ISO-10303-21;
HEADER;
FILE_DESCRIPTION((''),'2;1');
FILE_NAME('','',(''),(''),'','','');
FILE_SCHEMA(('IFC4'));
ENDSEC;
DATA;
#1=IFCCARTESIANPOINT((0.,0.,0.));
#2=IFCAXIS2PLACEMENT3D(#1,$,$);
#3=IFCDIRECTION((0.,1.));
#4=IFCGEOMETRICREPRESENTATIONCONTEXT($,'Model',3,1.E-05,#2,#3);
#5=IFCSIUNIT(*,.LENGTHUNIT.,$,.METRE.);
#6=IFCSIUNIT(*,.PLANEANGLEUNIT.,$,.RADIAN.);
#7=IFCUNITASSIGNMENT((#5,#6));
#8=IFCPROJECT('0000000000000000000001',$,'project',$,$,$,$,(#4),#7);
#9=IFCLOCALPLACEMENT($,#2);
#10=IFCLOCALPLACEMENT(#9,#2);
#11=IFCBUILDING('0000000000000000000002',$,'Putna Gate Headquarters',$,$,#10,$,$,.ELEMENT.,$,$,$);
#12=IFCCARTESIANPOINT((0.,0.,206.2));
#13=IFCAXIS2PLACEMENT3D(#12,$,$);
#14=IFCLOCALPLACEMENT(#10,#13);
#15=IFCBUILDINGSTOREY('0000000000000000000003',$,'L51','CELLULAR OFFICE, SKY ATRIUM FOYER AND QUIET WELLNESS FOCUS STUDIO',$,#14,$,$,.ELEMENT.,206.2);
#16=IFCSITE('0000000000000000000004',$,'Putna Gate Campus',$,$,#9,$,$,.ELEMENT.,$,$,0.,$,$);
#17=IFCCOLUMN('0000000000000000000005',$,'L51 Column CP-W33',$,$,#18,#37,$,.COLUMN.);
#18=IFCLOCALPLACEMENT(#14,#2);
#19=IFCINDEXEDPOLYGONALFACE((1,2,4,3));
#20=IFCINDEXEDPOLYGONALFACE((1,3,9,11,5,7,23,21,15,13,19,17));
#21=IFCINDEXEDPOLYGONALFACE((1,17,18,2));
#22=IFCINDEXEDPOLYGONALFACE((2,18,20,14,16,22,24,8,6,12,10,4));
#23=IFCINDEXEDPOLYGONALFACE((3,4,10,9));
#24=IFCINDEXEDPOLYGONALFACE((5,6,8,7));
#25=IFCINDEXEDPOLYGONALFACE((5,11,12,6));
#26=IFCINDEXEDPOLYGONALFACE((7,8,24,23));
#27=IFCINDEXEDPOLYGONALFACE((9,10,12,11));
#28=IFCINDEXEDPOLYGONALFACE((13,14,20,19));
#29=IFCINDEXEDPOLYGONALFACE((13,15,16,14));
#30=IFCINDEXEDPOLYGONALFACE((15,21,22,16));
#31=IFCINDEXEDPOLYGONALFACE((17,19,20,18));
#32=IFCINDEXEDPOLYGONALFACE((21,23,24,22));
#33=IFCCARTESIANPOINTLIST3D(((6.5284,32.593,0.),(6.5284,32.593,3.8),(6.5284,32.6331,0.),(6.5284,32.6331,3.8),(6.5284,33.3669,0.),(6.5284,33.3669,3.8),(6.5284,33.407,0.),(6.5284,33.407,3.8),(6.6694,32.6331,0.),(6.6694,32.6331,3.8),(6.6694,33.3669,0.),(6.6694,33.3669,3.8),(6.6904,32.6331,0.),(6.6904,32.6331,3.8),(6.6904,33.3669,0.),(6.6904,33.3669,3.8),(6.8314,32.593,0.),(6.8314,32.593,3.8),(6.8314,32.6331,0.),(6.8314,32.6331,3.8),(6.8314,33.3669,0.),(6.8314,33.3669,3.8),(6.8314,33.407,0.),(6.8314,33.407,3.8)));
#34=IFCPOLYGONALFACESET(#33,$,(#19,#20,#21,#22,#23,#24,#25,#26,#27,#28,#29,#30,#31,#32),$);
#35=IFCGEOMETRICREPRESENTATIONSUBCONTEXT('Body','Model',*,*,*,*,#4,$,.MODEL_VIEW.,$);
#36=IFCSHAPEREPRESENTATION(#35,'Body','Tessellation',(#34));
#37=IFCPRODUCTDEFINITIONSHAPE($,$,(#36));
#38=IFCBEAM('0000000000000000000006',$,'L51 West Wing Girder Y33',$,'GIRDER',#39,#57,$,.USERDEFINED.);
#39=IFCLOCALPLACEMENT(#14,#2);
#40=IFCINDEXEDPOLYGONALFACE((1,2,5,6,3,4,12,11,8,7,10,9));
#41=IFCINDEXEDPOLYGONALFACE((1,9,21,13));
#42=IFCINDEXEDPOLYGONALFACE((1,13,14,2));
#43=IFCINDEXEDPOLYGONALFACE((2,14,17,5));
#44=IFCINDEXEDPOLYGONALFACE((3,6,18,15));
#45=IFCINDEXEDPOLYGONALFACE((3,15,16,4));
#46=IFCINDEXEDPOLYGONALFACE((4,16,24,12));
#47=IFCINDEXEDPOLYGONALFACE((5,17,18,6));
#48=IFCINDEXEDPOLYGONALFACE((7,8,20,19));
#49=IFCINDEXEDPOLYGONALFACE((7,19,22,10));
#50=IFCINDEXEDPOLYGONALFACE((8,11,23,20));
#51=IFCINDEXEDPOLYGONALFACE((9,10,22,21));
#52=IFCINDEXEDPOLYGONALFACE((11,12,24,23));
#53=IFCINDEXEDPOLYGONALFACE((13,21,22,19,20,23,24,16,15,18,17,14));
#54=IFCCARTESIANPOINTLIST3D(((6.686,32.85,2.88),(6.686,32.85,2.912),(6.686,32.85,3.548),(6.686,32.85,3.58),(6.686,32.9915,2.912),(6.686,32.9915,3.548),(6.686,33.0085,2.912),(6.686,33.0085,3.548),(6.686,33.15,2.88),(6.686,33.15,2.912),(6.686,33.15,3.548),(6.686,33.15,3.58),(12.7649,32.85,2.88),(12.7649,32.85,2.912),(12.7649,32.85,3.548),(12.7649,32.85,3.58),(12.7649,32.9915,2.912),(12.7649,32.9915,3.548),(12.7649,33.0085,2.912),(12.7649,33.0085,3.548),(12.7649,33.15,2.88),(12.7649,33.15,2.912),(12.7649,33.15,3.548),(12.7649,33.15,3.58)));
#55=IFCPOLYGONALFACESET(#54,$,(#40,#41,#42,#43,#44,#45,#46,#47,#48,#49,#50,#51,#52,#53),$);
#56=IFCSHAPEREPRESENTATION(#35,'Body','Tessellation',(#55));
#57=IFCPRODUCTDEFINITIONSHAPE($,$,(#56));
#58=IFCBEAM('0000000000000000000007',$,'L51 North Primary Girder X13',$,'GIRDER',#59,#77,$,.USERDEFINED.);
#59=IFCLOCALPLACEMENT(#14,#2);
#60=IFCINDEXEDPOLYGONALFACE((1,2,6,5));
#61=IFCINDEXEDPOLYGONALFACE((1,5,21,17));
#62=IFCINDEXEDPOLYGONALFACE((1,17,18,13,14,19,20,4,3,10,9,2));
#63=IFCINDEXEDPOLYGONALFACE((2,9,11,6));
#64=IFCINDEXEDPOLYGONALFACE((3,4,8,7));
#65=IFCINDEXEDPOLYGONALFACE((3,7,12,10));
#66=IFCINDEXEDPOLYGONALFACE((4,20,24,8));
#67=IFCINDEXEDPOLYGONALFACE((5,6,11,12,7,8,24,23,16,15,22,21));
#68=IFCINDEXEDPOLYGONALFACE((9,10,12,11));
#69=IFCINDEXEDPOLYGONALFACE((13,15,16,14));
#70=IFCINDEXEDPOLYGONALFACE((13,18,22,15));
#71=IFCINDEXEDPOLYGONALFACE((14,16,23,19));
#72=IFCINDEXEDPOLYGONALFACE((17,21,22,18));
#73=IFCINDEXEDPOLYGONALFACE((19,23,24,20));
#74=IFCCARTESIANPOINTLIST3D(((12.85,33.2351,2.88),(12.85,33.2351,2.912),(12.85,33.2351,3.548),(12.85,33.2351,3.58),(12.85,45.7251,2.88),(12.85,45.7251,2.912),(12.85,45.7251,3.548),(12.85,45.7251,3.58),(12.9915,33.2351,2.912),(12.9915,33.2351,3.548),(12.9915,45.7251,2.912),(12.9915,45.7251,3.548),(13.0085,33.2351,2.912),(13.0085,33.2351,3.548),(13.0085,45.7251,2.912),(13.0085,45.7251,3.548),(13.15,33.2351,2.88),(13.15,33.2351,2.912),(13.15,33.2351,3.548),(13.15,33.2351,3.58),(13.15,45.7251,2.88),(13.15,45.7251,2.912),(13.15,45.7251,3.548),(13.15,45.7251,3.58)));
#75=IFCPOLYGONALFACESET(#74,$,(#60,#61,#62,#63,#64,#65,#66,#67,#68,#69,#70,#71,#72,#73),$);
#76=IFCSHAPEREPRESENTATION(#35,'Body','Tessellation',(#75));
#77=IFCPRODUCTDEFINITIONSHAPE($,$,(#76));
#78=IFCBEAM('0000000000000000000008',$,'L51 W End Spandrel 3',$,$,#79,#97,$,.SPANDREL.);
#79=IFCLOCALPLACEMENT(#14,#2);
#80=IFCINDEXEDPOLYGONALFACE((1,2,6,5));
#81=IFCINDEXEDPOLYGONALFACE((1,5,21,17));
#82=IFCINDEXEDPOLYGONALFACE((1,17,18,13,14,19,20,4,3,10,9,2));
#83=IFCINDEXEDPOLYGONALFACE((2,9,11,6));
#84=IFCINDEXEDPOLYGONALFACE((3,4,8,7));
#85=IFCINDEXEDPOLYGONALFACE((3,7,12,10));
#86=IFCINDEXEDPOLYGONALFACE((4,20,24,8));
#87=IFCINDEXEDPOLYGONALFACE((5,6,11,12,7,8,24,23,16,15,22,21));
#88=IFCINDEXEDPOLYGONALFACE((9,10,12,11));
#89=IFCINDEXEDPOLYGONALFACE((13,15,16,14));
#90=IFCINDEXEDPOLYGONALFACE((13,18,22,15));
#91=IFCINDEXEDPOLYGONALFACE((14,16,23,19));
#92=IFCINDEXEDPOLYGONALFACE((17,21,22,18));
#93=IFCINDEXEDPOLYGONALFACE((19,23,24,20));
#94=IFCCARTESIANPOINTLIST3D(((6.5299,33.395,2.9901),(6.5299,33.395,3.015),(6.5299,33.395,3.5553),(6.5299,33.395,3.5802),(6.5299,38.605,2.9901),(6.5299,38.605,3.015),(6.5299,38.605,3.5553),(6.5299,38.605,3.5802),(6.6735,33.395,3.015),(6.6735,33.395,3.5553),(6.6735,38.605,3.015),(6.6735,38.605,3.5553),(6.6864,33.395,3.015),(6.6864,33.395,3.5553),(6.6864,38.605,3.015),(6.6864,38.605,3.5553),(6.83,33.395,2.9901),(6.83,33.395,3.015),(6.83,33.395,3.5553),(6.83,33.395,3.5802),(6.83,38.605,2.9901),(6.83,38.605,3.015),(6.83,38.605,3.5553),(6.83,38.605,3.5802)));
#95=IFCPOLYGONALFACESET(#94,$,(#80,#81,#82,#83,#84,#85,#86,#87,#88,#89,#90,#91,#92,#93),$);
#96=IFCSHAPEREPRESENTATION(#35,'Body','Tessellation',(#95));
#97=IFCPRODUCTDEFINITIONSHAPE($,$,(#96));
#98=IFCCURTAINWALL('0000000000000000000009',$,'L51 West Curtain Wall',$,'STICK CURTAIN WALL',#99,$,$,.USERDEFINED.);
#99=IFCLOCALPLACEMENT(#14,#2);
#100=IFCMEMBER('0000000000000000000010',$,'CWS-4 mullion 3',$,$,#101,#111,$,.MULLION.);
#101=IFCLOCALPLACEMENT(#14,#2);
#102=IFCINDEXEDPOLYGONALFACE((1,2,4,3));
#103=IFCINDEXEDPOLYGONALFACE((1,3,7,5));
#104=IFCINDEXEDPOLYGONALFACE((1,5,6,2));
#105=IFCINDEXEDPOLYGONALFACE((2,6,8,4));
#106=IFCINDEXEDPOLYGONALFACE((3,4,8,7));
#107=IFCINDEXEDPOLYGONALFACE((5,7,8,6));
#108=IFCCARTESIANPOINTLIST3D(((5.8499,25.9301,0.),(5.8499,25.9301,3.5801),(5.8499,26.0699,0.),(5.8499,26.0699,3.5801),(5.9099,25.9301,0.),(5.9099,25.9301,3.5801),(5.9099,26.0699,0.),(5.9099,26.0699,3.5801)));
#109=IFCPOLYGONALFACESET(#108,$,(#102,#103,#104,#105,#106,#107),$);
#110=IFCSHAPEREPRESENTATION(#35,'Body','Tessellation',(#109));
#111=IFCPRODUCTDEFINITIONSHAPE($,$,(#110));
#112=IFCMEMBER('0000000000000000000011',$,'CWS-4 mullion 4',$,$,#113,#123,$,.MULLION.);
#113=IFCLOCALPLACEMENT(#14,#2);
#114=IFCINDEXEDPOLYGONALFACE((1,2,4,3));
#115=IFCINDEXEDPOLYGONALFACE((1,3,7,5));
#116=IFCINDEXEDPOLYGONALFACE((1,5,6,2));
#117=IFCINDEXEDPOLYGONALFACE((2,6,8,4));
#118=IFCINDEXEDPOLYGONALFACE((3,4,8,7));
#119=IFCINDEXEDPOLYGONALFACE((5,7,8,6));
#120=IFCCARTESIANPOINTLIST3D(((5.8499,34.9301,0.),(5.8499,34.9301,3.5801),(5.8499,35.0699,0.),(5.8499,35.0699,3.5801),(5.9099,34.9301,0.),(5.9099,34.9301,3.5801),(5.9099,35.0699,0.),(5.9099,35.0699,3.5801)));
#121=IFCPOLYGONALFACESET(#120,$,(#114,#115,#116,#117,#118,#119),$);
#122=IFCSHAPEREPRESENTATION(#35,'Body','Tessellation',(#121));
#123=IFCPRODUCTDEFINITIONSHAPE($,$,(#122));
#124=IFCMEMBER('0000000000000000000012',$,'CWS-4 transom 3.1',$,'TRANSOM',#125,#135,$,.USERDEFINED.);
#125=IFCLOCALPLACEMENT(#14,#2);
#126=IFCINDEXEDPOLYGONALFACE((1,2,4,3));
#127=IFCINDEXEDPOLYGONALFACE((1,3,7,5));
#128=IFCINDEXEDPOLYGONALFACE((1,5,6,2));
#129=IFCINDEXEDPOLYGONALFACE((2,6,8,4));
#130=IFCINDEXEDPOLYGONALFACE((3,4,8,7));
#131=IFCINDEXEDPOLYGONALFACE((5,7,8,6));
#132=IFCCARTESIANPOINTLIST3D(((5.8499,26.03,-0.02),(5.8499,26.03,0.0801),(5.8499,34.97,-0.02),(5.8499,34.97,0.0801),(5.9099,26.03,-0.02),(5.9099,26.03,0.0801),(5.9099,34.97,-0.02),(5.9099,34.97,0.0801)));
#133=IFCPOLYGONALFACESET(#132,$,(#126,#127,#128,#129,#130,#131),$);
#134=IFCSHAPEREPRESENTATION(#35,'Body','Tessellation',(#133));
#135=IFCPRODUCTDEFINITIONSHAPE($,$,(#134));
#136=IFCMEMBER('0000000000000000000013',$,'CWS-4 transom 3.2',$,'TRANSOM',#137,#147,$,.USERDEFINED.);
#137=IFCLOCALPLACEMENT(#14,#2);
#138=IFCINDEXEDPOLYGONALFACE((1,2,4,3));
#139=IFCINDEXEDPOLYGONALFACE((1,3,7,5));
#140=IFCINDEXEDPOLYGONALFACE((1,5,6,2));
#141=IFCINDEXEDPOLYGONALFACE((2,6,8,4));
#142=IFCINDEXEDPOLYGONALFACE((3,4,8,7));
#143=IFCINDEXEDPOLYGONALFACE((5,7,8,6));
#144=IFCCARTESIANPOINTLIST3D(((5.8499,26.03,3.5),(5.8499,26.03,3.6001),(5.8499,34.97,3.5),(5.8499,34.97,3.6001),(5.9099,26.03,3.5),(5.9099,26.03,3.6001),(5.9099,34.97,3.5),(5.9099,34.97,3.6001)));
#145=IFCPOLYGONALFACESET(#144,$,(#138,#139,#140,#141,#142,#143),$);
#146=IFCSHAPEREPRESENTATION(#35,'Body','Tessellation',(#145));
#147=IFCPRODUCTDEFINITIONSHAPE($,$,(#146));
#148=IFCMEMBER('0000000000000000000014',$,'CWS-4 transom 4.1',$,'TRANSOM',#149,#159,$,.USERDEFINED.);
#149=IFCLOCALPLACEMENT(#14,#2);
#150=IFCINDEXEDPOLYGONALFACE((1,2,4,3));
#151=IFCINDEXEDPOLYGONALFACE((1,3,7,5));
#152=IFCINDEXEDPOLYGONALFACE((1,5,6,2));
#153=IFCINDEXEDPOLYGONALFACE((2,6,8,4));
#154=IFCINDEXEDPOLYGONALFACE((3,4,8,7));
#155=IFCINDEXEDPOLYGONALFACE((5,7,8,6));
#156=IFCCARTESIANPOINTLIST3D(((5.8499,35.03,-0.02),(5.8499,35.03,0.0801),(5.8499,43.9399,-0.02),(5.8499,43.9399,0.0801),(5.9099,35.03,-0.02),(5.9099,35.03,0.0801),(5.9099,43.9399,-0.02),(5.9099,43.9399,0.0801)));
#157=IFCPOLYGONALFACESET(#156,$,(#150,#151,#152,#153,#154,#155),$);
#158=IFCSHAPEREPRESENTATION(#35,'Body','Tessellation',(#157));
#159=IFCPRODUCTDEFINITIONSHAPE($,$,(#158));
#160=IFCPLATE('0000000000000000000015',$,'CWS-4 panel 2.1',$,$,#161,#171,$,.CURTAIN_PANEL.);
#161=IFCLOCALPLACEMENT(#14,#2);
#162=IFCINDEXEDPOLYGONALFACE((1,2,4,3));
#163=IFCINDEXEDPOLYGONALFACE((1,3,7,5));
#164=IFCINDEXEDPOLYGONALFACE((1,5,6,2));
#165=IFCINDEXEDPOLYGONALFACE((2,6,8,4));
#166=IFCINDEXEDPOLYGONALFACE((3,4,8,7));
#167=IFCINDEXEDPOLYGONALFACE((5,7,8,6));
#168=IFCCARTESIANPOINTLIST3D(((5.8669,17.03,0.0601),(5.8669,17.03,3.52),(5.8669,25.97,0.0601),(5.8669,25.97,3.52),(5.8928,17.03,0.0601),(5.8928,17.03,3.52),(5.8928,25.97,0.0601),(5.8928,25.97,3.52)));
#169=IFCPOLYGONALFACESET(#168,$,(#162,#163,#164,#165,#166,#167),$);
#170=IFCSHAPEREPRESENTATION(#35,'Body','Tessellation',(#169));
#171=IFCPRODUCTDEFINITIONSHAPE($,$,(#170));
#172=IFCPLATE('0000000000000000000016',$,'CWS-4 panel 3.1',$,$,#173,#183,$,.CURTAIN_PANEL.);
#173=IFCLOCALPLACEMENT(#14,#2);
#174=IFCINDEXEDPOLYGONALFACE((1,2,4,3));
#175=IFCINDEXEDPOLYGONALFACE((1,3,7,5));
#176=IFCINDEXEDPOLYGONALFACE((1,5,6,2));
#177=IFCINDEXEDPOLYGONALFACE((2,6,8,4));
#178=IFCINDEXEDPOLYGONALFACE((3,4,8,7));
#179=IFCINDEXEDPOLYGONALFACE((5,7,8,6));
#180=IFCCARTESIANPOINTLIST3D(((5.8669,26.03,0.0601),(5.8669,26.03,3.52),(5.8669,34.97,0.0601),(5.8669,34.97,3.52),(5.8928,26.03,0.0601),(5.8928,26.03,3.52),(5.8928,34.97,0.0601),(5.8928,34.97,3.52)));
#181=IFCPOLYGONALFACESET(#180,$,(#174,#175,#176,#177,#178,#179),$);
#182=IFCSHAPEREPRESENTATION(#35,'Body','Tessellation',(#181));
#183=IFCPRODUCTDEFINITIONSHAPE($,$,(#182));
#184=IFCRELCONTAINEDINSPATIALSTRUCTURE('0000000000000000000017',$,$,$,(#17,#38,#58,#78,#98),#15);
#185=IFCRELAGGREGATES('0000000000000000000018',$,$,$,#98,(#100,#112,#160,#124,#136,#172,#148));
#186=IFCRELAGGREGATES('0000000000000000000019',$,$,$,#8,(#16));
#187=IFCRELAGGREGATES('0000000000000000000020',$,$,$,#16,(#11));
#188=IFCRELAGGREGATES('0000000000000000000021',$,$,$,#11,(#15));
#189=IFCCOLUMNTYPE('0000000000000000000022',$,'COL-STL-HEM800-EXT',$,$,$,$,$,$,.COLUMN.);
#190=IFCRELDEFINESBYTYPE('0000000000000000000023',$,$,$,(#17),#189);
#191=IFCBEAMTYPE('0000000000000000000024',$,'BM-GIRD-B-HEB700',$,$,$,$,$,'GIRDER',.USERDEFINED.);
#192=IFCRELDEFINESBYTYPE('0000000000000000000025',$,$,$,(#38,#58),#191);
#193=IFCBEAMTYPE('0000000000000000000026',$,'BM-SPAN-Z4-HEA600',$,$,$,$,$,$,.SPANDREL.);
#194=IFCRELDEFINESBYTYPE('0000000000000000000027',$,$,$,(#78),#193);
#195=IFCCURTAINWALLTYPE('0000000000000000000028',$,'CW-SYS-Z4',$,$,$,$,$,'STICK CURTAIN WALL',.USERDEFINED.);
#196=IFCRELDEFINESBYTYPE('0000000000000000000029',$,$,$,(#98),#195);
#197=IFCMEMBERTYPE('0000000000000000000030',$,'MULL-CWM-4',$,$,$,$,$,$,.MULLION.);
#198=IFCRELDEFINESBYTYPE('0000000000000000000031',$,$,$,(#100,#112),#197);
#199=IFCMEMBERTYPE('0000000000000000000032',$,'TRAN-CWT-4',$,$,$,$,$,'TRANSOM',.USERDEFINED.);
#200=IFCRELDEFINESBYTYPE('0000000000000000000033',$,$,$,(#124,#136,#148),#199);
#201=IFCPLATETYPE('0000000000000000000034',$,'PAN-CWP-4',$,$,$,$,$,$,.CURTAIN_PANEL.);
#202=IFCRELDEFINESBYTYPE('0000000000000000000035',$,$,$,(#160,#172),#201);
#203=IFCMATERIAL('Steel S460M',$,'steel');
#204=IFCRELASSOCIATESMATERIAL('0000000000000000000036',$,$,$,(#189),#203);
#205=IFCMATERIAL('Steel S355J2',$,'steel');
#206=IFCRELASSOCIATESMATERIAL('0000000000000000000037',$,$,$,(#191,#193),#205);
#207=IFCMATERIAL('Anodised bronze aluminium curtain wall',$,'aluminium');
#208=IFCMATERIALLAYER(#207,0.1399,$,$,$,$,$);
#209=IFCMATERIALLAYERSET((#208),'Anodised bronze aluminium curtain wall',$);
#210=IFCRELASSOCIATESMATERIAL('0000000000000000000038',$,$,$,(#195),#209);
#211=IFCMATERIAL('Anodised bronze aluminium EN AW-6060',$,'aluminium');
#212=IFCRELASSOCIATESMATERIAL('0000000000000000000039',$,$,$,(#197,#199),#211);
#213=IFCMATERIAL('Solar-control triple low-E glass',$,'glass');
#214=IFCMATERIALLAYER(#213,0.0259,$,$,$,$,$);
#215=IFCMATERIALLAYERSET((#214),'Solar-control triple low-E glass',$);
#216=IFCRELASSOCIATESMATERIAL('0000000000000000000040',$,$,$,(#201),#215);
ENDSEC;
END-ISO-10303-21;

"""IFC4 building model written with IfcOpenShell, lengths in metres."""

from ifc_helpers import new_model, si_unit, direction, frame, origin, origin_2d, place, context, subcontext, project, spatial, rectangle, i_section, extrude, material, layer, layer_set, material_profile, profile_set, type_object, element, aggregate, save


model = new_model("IFC4")

# Units and contexts
model_context = context("Model", 3, precision=1e-05, world=origin(), true_north=direction((0.0, 1.0)))
body_context = subcontext(model_context, "Body", "Model", "MODEL_VIEW")
ifc_project = project(units=[si_unit("LENGTHUNIT", "METRE"), si_unit("PLANEANGLEUNIT", "RADIAN")], contexts=[model_context])

# Site, building, storey
site_placement = place(None, origin())
site = spatial("IfcSite", under=ifc_project, at=site_placement, Name="Putna Gate Campus", CompositionType="ELEMENT", RefElevation=0.0)
building_placement = place(site_placement, origin())
building = spatial("IfcBuilding", under=site, at=building_placement, Name="Putna Gate Headquarters", CompositionType="ELEMENT")
storey_placement = place(building_placement, frame((0.0, 0.0, 206.2)))
storey = spatial("IfcBuildingStorey", under=building, at=storey_placement, Name="L51", Description="CELLULAR OFFICE, SKY ATRIUM FOYER AND QUIET WELLNESS FOCUS STUDIO", CompositionType="ELEMENT", Elevation=206.2)

# Column
ifc_material_1 = material(Name="Steel S460M", Category="steel")
ifc_material_profile_1 = material_profile(ifc_material_1, i_section(OverallWidth=0.303, OverallDepth=0.814, WebThickness=0.021, FlangeThickness=0.04, at=origin_2d()), Name="Steel S460M")
ifc_profile_set_1 = profile_set([ifc_material_profile_1], Name="Steel S460M")
column_type = type_object("IfcColumnType", Name="COL-STL-HEM800-EXT", PredefinedType="COLUMN", material=ifc_profile_set_1)
column_placement = place(storey_placement, frame((6.6799, 33.0, 0.0), z_axis=(0.0, 0.0, 1.0), x_axis=(1.0, 0.0, 0.0)))
element("IfcColumn", 1, at=column_placement, inside=storey, type_object=column_type, Name="L51 Column CP-W33", PredefinedType="COLUMN", context=body_context, shape_type="SweptSolid", body=[
    extrude(i_section(OverallWidth=0.303, OverallDepth=0.814, WebThickness=0.021, FlangeThickness=0.04, at=origin_2d()), origin(), (0.0, 0.0, 1.0), 3.8),
])

# Beams
ifc_material_2 = material(Name="Steel S355J2", Category="steel")
ifc_material_profile_2 = material_profile(ifc_material_2, i_section(OverallWidth=0.3, OverallDepth=0.7, WebThickness=0.0171, FlangeThickness=0.032, at=origin_2d()), Name="Steel S355J2")
ifc_profile_set_2 = profile_set([ifc_material_profile_2], Name="Steel S355J2")
beam_type_1 = type_object("IfcBeamType", Name="BM-GIRD-B-HEB700", ElementType="GIRDER", PredefinedType="USERDEFINED", material=ifc_profile_set_2)
beam_1_placement = place(storey_placement, frame((6.686, 33.0, 3.23), z_axis=(1.0, 0.0, 0.0), x_axis=(0.0, 1.0, 0.0)))
element("IfcBeam", 2, at=beam_1_placement, inside=storey, type_object=beam_type_1, Name="L51 West Wing Girder Y33", ObjectType="GIRDER", PredefinedType="USERDEFINED", context=body_context, shape_type="SweptSolid", body=[
    extrude(i_section(OverallWidth=0.3, OverallDepth=0.7, WebThickness=0.0171, FlangeThickness=0.032, at=origin_2d()), origin(), (0.0, 0.0, 1.0), 6.0789),
])
beam_2_placement = place(storey_placement, frame((13.0, 33.2351, 3.23), z_axis=(0.0, 1.0, 0.0), x_axis=(-1.0, 0.0, 0.0)))
element("IfcBeam", 3, at=beam_2_placement, inside=storey, type_object=beam_type_1, Name="L51 North Primary Girder X13", ObjectType="GIRDER", PredefinedType="USERDEFINED", context=body_context, shape_type="SweptSolid", body=[
    extrude(i_section(OverallWidth=0.3, OverallDepth=0.7, WebThickness=0.0171, FlangeThickness=0.032, at=origin_2d()), origin(), (0.0, 0.0, 1.0), 12.49),
])
ifc_material_profile_3 = material_profile(ifc_material_2, i_section(OverallWidth=0.3, OverallDepth=0.5901, WebThickness=0.0129, FlangeThickness=0.0249, at=origin_2d()), Name="Steel S355J2")
ifc_profile_set_3 = profile_set([ifc_material_profile_3], Name="Steel S355J2")
beam_type_2 = type_object("IfcBeamType", Name="BM-SPAN-Z4-HEA600", PredefinedType="SPANDREL", material=ifc_profile_set_3)
beam_3_placement = place(storey_placement, frame((6.6799, 33.395, 3.2852), z_axis=(0.0, 1.0, 0.0), x_axis=(-1.0, 0.0, 0.0)))
element("IfcBeam", 4, at=beam_3_placement, inside=storey, type_object=beam_type_2, Name="L51 W End Spandrel 3", PredefinedType="SPANDREL", context=body_context, shape_type="SweptSolid", body=[
    extrude(i_section(OverallWidth=0.3, OverallDepth=0.5901, WebThickness=0.0129, FlangeThickness=0.0249, at=origin_2d()), origin(), (0.0, 0.0, 1.0), 5.21),
])

# Curtain wall, members, plates
ifc_material_3 = material(Name="Anodised bronze aluminium curtain wall", Category="aluminium")
ifc_layer_1 = layer(ifc_material_3, 0.1399)
ifc_layer_set_1 = layer_set([ifc_layer_1], Name="Anodised bronze aluminium curtain wall")
curtain_wall_type = type_object("IfcCurtainWallType", Name="CW-SYS-Z4", ElementType="STICK CURTAIN WALL", PredefinedType="USERDEFINED", material=ifc_layer_set_1)
curtain_wall_placement = place(storey_placement, origin())
curtain_wall = element("IfcCurtainWall", 5, at=curtain_wall_placement, inside=storey, type_object=curtain_wall_type, Name="L51 West Curtain Wall", ObjectType="STICK CURTAIN WALL", PredefinedType="USERDEFINED")
ifc_material_4 = material(Name="Anodised bronze aluminium EN AW-6060", Category="aluminium")
ifc_material_profile_4 = material_profile(ifc_material_4, rectangle(XDim=0.0601, YDim=0.1399, at=origin_2d()), Name="Anodised bronze aluminium EN AW-6060")
ifc_profile_set_4 = profile_set([ifc_material_profile_4], Name="Anodised bronze aluminium EN AW-6060")
member_type_1 = type_object("IfcMemberType", Name="MULL-CWM-4", PredefinedType="MULLION", material=ifc_profile_set_4)
member_1_placement = place(storey_placement, frame((5.8799, 26.0, 0.0), z_axis=(0.0, 0.0, 1.0), x_axis=(-1.0, 0.0, 0.0)))
member_1 = element("IfcMember", 6, at=member_1_placement, type_object=member_type_1, Name="CWS-4 mullion 3", PredefinedType="MULLION", context=body_context, shape_type="SweptSolid", body=[
    extrude(rectangle(XDim=0.0601, YDim=0.1399, at=origin_2d()), origin(), (0.0, 0.0, 1.0), 3.5801),
])
member_2_placement = place(storey_placement, frame((5.8799, 35.0, 0.0), z_axis=(0.0, 0.0, 1.0), x_axis=(-1.0, 0.0, 0.0)))
member_2 = element("IfcMember", 7, at=member_2_placement, type_object=member_type_1, Name="CWS-4 mullion 4", PredefinedType="MULLION", context=body_context, shape_type="SweptSolid", body=[
    extrude(rectangle(XDim=0.0601, YDim=0.1399, at=origin_2d()), origin(), (0.0, 0.0, 1.0), 3.5801),
])
ifc_material_profile_5 = material_profile(ifc_material_4, rectangle(XDim=0.0601, YDim=0.1001, at=origin_2d()), Name="Anodised bronze aluminium EN AW-6060")
ifc_profile_set_5 = profile_set([ifc_material_profile_5], Name="Anodised bronze aluminium EN AW-6060")
member_type_2 = type_object("IfcMemberType", Name="TRAN-CWT-4", ElementType="TRANSOM", PredefinedType="USERDEFINED", material=ifc_profile_set_5)
member_3_placement = place(storey_placement, frame((5.8799, 26.03, 0.03), z_axis=(0.0, 1.0, 0.0), x_axis=(-1.0, 0.0, 0.0)))
member_3 = element("IfcMember", 8, at=member_3_placement, type_object=member_type_2, Name="CWS-4 transom 3.1", ObjectType="TRANSOM", PredefinedType="USERDEFINED", context=body_context, shape_type="SweptSolid", body=[
    extrude(rectangle(XDim=0.0601, YDim=0.1001, at=origin_2d()), origin(), (0.0, 0.0, 1.0), 8.9399),
])
member_4_placement = place(storey_placement, frame((5.8799, 26.03, 3.55), z_axis=(0.0, 1.0, 0.0), x_axis=(-1.0, 0.0, 0.0)))
member_4 = element("IfcMember", 9, at=member_4_placement, type_object=member_type_2, Name="CWS-4 transom 3.2", ObjectType="TRANSOM", PredefinedType="USERDEFINED", context=body_context, shape_type="SweptSolid", body=[
    extrude(rectangle(XDim=0.0601, YDim=0.1001, at=origin_2d()), origin(), (0.0, 0.0, 1.0), 8.9399),
])
member_5_placement = place(storey_placement, frame((5.8799, 35.03, 0.03), z_axis=(0.0, 1.0, 0.0), x_axis=(-1.0, 0.0, 0.0)))
member_5 = element("IfcMember", 10, at=member_5_placement, type_object=member_type_2, Name="CWS-4 transom 4.1", ObjectType="TRANSOM", PredefinedType="USERDEFINED", context=body_context, shape_type="SweptSolid", body=[
    extrude(rectangle(XDim=0.0601, YDim=0.1001, at=origin_2d()), origin(), (0.0, 0.0, 1.0), 8.9099),
])
ifc_material_5 = material(Name="Solar-control triple low-E glass", Category="glass")
ifc_layer_2 = layer(ifc_material_5, 0.0259)
ifc_layer_set_2 = layer_set([ifc_layer_2], Name="Solar-control triple low-E glass")
plate_type = type_object("IfcPlateType", Name="PAN-CWP-4", PredefinedType="CURTAIN_PANEL", material=ifc_layer_set_2)
plate_1_placement = place(storey_placement, frame((5.8799, 21.5, 0.0601), z_axis=(0.0, 0.0, 1.0), x_axis=(0.0, 1.0, 0.0)))
plate_1 = element("IfcPlate", 11, at=plate_1_placement, type_object=plate_type, Name="CWS-4 panel 2.1", PredefinedType="CURTAIN_PANEL", context=body_context, shape_type="SweptSolid", body=[
    extrude(rectangle(XDim=8.9399, YDim=0.0259, at=origin_2d()), origin(), (0.0, 0.0, 1.0), 3.46),
])
plate_2_placement = place(storey_placement, frame((5.8799, 30.5, 0.0601), z_axis=(0.0, 0.0, 1.0), x_axis=(0.0, 1.0, 0.0)))
plate_2 = element("IfcPlate", 12, at=plate_2_placement, type_object=plate_type, Name="CWS-4 panel 3.1", PredefinedType="CURTAIN_PANEL", context=body_context, shape_type="SweptSolid", body=[
    extrude(rectangle(XDim=8.9399, YDim=0.0259, at=origin_2d()), origin(), (0.0, 0.0, 1.0), 3.46),
])
aggregate(curtain_wall, [member_1, member_2, plate_1, member_3, member_4, plate_2, member_5])

save(model, "model.ifc")
